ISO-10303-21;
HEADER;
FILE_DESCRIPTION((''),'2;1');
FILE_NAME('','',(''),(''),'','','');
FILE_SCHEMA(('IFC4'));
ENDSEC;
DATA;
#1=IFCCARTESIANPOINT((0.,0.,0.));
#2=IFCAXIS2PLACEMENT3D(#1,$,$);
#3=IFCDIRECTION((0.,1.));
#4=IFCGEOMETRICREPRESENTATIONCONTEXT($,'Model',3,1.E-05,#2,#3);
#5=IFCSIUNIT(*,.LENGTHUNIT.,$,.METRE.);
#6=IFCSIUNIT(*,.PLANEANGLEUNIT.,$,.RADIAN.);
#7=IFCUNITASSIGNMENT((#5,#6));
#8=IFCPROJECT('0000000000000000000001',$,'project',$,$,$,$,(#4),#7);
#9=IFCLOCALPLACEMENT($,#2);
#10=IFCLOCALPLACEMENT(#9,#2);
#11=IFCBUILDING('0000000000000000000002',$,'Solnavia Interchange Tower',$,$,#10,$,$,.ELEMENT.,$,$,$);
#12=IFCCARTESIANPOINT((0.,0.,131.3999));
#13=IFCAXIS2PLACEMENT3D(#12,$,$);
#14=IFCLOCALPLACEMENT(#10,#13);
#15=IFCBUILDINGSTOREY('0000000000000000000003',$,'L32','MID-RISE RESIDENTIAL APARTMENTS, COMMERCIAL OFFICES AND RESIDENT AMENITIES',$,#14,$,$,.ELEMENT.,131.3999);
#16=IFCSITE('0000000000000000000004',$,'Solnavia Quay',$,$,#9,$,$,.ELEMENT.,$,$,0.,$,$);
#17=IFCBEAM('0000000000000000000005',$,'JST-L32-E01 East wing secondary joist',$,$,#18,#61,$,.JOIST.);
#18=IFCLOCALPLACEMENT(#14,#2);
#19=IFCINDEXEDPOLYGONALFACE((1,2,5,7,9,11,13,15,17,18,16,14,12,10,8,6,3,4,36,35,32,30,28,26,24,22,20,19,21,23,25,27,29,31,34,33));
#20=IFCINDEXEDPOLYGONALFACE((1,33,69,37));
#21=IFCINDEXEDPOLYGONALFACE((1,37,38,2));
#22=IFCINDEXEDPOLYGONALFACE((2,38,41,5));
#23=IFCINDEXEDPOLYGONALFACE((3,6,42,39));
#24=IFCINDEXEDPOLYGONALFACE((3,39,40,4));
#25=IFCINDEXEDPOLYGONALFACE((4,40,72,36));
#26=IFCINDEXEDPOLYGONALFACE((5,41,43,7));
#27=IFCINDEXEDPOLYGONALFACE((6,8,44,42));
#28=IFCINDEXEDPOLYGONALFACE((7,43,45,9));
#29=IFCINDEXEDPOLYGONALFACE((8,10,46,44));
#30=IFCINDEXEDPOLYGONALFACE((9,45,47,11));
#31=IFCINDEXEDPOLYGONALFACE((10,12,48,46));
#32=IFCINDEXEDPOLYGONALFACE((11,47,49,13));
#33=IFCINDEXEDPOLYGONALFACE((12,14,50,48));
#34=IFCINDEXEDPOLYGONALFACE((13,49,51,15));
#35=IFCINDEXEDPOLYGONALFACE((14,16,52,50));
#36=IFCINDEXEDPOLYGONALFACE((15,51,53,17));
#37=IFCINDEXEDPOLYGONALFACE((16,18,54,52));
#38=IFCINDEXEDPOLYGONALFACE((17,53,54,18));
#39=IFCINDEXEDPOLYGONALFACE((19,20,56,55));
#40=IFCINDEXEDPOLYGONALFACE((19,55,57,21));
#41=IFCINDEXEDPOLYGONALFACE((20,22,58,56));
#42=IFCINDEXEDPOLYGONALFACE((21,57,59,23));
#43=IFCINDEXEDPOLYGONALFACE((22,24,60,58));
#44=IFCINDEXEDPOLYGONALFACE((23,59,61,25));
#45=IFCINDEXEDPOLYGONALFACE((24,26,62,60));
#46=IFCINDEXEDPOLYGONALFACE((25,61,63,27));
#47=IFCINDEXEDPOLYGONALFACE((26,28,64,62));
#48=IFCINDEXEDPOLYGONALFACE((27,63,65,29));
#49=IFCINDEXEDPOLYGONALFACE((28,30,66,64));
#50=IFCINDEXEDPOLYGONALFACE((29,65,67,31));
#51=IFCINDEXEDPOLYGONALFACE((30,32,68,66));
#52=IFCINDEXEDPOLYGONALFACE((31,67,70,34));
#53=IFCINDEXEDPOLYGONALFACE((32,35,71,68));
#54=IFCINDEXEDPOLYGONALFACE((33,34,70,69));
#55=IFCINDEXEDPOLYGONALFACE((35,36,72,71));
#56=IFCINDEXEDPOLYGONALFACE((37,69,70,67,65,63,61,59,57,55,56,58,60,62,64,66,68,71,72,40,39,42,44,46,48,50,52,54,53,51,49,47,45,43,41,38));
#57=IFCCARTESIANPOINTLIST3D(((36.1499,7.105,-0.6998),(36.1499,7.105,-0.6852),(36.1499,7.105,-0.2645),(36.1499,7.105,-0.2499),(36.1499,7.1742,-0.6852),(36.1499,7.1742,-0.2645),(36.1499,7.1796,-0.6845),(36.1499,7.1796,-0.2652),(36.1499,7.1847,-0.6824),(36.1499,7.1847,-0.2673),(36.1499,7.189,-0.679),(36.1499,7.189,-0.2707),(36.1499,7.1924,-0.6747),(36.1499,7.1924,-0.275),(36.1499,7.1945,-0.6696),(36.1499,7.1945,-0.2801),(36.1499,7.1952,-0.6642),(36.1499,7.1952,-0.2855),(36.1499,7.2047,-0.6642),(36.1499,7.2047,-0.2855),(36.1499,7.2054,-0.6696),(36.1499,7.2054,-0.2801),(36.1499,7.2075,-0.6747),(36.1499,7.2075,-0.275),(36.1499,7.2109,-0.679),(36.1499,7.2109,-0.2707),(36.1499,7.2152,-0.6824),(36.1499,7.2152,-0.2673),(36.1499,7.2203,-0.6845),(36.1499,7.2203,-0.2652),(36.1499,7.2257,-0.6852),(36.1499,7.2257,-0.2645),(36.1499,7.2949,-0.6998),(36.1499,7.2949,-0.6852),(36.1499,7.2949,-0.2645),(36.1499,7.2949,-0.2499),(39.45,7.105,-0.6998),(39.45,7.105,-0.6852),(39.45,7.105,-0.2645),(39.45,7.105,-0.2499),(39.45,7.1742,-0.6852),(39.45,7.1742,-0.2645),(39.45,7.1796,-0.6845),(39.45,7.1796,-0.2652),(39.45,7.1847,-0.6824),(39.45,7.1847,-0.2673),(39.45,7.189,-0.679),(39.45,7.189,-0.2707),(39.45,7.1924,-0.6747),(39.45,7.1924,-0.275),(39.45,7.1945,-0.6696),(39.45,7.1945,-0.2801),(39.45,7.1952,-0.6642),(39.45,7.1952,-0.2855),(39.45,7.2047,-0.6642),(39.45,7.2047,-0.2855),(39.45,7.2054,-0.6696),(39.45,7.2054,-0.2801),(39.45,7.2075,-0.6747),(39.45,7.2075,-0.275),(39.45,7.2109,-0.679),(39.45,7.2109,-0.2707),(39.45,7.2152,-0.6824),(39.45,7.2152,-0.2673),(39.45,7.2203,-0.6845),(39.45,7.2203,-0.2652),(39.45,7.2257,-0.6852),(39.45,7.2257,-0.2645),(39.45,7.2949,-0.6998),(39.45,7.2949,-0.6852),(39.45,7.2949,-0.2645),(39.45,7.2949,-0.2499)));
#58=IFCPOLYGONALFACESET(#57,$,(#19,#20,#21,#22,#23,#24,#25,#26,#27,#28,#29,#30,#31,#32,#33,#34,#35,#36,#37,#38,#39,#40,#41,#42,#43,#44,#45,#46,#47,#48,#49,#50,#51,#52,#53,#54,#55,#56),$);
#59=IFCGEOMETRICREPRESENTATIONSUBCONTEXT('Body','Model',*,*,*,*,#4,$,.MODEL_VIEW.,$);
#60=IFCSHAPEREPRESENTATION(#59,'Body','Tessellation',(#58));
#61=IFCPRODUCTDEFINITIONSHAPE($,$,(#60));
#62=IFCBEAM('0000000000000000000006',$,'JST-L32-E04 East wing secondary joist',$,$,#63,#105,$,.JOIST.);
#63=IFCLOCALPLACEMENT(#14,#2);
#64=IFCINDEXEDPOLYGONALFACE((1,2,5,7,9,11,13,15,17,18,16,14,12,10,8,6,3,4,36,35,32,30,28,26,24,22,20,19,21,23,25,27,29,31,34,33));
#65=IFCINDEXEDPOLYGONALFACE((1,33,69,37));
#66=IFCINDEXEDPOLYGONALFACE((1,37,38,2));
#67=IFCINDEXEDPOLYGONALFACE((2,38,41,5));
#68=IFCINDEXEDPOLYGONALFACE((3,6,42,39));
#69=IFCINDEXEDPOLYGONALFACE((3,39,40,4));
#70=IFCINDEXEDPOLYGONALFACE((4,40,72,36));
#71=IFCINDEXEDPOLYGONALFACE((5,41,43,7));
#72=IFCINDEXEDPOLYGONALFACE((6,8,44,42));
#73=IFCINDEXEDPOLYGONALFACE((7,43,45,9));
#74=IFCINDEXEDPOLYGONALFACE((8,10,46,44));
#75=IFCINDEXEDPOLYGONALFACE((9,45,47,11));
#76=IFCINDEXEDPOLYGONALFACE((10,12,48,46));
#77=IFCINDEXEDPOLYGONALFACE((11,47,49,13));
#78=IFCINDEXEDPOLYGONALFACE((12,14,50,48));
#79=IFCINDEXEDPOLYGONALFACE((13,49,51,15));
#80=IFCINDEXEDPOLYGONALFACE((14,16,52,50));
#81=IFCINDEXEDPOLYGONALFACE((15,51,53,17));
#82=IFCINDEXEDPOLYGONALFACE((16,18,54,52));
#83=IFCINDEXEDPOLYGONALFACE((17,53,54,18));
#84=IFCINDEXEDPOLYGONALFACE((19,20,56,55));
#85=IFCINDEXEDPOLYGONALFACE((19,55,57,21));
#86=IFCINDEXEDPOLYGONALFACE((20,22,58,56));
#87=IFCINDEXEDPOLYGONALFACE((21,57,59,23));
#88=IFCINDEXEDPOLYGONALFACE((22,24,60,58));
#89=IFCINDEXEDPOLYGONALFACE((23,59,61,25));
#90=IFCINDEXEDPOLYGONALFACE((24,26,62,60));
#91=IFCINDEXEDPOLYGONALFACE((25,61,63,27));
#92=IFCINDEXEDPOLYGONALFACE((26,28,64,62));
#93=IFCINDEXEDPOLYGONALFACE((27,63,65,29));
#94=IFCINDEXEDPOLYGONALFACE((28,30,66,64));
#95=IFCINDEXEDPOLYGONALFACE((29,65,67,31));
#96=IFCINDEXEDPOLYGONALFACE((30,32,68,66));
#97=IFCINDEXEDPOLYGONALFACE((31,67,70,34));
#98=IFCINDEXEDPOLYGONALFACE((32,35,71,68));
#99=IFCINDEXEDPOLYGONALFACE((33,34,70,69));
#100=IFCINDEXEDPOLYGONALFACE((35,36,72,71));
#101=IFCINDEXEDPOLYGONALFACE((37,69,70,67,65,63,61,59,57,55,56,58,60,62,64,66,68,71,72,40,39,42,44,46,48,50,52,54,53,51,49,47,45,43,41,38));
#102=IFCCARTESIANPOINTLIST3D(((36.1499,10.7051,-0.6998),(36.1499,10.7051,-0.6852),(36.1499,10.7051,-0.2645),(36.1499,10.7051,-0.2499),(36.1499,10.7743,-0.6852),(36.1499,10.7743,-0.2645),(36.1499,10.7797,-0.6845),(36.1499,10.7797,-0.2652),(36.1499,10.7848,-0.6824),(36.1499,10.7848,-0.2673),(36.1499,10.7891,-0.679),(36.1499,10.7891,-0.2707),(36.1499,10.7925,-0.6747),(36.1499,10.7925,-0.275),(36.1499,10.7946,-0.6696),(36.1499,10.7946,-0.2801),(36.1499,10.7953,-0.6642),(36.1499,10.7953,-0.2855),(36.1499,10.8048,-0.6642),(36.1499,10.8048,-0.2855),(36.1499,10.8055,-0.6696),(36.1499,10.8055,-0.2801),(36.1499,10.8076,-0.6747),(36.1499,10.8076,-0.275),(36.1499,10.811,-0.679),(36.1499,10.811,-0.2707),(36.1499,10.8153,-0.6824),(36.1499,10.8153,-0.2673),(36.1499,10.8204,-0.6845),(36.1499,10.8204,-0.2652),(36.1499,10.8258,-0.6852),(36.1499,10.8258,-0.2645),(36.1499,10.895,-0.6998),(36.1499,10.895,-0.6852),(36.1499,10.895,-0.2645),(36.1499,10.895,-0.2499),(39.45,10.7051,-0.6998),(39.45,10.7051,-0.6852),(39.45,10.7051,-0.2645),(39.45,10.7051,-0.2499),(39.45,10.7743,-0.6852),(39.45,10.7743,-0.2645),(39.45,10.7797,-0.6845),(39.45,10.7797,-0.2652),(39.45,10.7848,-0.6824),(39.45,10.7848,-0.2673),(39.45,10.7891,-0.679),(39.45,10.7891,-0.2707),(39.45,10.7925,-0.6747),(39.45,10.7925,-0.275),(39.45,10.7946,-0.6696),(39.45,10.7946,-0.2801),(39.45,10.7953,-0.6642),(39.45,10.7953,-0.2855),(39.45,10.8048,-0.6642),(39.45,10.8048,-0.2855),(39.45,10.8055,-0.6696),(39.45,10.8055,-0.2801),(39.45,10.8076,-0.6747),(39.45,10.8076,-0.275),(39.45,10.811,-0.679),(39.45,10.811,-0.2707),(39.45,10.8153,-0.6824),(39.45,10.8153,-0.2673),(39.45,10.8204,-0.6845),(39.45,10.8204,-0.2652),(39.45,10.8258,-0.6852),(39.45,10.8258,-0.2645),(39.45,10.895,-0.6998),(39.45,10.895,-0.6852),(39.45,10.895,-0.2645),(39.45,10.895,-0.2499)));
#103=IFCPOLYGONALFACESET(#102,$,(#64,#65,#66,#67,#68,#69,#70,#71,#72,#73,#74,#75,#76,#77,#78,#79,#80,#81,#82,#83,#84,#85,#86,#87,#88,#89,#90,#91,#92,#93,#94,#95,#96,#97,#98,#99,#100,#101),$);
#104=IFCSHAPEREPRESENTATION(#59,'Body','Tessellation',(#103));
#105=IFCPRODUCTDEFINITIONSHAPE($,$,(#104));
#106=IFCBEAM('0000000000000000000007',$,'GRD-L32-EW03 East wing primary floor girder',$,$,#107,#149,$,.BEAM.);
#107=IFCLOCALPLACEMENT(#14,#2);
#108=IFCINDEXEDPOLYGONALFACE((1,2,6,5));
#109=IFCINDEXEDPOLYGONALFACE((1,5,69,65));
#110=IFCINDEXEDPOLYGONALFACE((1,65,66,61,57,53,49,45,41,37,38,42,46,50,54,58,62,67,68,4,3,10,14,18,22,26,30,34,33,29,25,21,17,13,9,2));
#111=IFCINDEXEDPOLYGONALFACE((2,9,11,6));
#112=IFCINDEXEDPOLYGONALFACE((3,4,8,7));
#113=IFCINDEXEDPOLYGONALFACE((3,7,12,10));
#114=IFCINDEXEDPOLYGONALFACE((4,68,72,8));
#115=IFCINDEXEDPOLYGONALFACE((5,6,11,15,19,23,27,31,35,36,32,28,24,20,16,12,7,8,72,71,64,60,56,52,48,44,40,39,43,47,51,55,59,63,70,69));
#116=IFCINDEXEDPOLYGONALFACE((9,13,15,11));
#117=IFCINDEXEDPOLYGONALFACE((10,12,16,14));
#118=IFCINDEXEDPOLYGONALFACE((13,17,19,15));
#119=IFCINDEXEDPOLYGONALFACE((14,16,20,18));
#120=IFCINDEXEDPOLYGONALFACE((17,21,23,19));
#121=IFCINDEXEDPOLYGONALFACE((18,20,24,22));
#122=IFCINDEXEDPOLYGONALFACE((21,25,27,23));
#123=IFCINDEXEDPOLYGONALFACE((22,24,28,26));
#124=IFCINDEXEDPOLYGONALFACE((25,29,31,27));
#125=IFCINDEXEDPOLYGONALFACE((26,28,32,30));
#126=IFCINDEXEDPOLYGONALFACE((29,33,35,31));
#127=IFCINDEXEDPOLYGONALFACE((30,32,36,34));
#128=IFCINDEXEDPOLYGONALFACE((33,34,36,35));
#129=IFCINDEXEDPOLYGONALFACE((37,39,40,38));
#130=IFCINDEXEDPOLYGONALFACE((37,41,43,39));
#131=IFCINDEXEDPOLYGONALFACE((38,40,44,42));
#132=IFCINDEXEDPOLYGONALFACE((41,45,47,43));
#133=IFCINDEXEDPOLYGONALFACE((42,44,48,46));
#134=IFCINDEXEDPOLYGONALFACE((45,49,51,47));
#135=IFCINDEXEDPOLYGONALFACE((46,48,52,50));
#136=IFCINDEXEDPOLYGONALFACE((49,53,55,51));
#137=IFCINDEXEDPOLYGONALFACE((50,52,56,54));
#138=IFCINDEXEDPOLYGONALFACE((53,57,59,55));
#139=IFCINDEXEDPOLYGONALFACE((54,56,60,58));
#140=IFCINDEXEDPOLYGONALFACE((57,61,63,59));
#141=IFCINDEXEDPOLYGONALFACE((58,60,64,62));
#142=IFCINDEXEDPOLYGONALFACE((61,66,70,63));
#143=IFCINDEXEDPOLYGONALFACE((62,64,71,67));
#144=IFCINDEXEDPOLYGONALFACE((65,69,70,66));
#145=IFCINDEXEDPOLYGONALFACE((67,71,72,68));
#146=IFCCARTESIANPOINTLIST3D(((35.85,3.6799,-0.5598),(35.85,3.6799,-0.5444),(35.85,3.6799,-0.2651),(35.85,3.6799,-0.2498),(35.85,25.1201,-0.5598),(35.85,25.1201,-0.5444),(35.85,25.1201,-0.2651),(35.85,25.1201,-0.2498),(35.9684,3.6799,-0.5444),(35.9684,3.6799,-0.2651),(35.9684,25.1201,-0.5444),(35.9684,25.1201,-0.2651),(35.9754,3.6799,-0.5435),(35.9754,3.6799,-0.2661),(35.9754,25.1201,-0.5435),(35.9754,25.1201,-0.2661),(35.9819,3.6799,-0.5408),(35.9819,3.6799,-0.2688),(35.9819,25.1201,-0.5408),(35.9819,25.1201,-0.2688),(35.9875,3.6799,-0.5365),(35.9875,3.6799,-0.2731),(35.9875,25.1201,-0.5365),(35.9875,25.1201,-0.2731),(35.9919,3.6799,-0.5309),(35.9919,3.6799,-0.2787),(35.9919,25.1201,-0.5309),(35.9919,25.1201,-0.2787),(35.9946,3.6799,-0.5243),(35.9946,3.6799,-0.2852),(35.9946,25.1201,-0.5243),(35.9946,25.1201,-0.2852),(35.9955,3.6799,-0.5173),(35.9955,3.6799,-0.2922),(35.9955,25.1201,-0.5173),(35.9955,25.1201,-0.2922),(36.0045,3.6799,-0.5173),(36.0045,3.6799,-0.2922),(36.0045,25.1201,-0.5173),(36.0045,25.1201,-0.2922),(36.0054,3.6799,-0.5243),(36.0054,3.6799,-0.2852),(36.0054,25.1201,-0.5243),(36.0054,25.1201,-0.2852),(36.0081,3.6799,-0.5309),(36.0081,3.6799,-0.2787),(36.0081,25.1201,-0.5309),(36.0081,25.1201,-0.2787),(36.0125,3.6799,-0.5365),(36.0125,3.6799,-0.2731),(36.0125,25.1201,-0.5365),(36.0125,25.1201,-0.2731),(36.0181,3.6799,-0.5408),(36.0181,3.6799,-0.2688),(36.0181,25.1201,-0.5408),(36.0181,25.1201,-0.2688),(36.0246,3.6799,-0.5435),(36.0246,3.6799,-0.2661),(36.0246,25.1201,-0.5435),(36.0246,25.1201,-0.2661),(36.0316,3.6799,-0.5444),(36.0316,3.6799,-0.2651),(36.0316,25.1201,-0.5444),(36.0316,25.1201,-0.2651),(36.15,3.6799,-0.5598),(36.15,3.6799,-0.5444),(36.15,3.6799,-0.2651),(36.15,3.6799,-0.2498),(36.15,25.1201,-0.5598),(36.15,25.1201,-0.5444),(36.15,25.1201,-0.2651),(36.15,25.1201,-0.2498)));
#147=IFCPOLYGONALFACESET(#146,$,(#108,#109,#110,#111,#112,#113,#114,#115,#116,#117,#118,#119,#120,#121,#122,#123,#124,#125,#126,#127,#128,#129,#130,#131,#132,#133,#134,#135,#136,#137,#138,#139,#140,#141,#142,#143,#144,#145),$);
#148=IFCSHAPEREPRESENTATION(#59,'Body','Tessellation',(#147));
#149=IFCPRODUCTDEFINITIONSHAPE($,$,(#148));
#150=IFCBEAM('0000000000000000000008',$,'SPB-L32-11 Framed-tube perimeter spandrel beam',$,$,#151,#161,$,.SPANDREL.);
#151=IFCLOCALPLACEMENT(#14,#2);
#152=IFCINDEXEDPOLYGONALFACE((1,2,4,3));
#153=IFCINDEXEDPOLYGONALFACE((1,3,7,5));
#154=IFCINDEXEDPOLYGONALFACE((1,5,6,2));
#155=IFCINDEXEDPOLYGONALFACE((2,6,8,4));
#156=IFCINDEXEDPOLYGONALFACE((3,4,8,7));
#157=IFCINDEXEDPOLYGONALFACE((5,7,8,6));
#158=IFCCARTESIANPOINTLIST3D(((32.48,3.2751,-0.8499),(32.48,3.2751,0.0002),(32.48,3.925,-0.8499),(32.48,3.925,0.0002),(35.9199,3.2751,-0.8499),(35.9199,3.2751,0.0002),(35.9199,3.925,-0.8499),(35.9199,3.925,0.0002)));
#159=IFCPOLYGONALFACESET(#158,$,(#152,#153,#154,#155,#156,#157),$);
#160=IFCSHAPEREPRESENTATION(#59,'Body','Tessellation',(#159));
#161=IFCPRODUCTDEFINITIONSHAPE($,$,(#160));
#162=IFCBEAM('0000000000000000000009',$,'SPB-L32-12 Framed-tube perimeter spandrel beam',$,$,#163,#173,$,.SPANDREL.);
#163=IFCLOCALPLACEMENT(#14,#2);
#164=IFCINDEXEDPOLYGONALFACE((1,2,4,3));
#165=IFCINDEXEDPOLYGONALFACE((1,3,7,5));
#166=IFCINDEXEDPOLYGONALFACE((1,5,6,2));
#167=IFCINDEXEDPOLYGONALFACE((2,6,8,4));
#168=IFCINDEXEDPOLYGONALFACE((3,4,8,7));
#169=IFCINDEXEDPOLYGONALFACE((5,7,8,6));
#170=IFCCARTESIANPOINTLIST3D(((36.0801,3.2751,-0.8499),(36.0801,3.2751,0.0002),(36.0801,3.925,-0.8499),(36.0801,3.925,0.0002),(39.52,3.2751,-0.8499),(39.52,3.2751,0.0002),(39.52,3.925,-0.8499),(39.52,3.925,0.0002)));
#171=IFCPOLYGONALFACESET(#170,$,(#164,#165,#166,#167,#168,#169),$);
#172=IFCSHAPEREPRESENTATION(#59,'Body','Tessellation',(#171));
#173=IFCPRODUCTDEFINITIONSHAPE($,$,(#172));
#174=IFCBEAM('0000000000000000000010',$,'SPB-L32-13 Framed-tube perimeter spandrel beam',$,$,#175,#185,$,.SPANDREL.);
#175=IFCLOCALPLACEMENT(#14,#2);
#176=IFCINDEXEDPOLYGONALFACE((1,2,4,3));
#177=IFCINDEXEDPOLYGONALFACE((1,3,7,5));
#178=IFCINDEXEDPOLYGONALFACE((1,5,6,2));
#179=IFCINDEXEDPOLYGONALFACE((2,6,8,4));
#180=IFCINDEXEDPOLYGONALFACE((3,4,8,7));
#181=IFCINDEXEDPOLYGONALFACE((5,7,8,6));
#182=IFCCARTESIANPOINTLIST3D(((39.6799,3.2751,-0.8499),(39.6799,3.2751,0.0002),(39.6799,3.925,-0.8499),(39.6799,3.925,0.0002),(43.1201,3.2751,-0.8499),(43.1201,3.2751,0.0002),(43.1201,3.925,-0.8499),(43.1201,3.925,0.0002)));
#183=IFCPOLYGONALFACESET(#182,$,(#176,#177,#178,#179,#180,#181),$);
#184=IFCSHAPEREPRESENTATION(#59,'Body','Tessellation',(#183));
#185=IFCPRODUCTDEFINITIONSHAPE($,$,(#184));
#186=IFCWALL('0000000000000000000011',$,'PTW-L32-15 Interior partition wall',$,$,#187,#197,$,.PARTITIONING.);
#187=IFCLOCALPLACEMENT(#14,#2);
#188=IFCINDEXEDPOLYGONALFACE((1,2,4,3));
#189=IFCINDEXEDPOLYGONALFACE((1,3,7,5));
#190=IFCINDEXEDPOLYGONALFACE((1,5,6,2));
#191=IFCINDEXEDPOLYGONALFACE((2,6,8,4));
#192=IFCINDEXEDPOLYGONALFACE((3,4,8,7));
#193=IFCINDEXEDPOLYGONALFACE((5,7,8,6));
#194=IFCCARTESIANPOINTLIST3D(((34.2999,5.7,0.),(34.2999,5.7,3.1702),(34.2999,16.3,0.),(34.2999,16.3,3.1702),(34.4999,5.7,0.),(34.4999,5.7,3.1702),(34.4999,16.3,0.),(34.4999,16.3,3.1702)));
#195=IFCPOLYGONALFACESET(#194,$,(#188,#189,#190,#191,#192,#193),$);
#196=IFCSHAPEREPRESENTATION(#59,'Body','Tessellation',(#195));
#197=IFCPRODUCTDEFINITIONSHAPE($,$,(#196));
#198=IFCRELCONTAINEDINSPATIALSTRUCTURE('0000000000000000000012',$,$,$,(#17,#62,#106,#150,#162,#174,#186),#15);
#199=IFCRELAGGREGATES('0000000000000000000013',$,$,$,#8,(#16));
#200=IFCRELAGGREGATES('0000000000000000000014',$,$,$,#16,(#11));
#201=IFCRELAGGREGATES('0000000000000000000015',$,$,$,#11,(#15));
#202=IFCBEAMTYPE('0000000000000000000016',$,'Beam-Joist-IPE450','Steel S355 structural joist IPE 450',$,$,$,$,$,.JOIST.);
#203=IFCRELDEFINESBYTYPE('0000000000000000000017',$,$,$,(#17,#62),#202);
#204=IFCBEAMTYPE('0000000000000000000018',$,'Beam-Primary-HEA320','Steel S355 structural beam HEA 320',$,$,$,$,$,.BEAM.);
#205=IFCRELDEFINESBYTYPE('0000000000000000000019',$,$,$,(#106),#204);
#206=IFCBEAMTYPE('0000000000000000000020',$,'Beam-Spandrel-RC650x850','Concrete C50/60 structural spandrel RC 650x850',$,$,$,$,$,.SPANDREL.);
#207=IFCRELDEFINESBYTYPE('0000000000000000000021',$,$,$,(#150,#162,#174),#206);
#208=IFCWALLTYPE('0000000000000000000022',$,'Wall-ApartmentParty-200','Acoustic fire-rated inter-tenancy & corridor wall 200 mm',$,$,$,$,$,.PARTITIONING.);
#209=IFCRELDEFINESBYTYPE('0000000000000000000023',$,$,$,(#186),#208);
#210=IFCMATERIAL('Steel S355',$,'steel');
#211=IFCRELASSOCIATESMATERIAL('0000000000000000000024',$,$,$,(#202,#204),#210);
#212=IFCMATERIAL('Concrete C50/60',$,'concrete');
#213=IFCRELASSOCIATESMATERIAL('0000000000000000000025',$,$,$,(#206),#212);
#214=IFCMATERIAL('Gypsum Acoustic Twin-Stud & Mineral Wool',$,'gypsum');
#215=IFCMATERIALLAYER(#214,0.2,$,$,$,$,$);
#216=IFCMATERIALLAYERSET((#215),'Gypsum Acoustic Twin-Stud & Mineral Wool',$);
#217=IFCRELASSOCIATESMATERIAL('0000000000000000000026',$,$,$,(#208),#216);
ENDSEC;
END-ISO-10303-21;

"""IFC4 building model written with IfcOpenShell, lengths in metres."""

from ifc_helpers import new_model, si_unit, direction, frame, frame_2d, origin, origin_2d, place, context, subcontext, project, spatial, rectangle, i_section, extrude, material, layer, layer_set, material_profile, profile_set, type_object, element, save


model = new_model("IFC4")

# Units and contexts
model_context = context("Model", 3, precision=1e-05, world=origin(), true_north=direction((0.0, 1.0)))
body_context = subcontext(model_context, "Body", "Model", "MODEL_VIEW")
ifc_project = project(units=[si_unit("LENGTHUNIT", "METRE"), si_unit("PLANEANGLEUNIT", "RADIAN")], contexts=[model_context])

# Site, building, storey
site_placement = place(None, origin())
site = spatial("IfcSite", under=ifc_project, at=site_placement, Name="Solnavia Quay", CompositionType="ELEMENT", RefElevation=0.0)
building_placement = place(site_placement, origin())
building = spatial("IfcBuilding", under=site, at=building_placement, Name="Solnavia Interchange Tower", CompositionType="ELEMENT")
storey_placement = place(building_placement, frame((0.0, 0.0, 131.3999)))
storey = spatial("IfcBuildingStorey", under=building, at=storey_placement, Name="L32", Description="MID-RISE RESIDENTIAL APARTMENTS, COMMERCIAL OFFICES AND RESIDENT AMENITIES", CompositionType="ELEMENT", Elevation=131.3999)

# Shared definitions
ifc_material_1 = material(Name="Concrete C50/60", Category="concrete")
ifc_material_2 = material(Name="Steel S355", Category="steel")

# Beams
ifc_material_profile_1 = material_profile(ifc_material_2, i_section(OverallWidth=0.1899, OverallDepth=0.45, WebThickness=0.0095, FlangeThickness=0.0146, FilletRadius=0.021, at=origin_2d()), Name="IPE 450")
ifc_profile_set_1 = profile_set([ifc_material_profile_1], Name="Steel S355")
beam_type_1 = type_object("IfcBeamType", Name="Beam-Joist-IPE450", Description="Steel S355 structural joist IPE 450", PredefinedType="JOIST", material=ifc_profile_set_1)
for number, where, z_axis, x_axis, name in (
    (1, (36.1499, 7.2, -0.4749), (1.0, 0.0, 0.0), (0.0, 1.0, 0.0), "JST-L32-E01 East wing secondary joist"),
    (2, (36.1499, 10.8, -0.4749), (1.0, 0.0, 0.0), (0.0, 1.0, 0.0), "JST-L32-E04 East wing secondary joist"),
):
    element("IfcBeam", number, at=place(storey_placement, frame(where, z_axis=z_axis, x_axis=x_axis)), inside=storey, type_object=beam_type_1, Name=name, PredefinedType="JOIST", context=body_context, shape_type="SweptSolid", body=[
        extrude(i_section(OverallWidth=0.1899, OverallDepth=0.45, WebThickness=0.0095, FlangeThickness=0.0146, FilletRadius=0.021, at=origin_2d()), origin(), (0.0, 0.0, 1.0), 3.3),
    ])
ifc_material_profile_2 = material_profile(ifc_material_2, i_section(OverallWidth=0.3, OverallDepth=0.3101, WebThickness=0.009, FlangeThickness=0.0154, FilletRadius=0.0271, at=origin_2d()), Name="HEA 320")
ifc_profile_set_2 = profile_set([ifc_material_profile_2], Name="Steel S355")
beam_type_2 = type_object("IfcBeamType", Name="Beam-Primary-HEA320", Description="Steel S355 structural beam HEA 320", PredefinedType="BEAM", material=ifc_profile_set_2)
beam_1_placement = place(storey_placement, frame((36.0, 3.6799, -0.4048), z_axis=(0.0, 1.0, 0.0), x_axis=(-1.0, 0.0, 0.0)))
element("IfcBeam", 3, at=beam_1_placement, inside=storey, type_object=beam_type_2, Name="GRD-L32-EW03 East wing primary floor girder", PredefinedType="BEAM", context=body_context, shape_type="SweptSolid", body=[
    extrude(i_section(OverallWidth=0.3, OverallDepth=0.3101, WebThickness=0.009, FlangeThickness=0.0154, FilletRadius=0.0271, at=origin_2d()), origin(), (0.0, 0.0, 1.0), 21.4402),
])
ifc_material_profile_3 = material_profile(ifc_material_1, rectangle(XDim=0.6499, YDim=0.8501, at=origin_2d()), Name="RC 650x850")
ifc_profile_set_3 = profile_set([ifc_material_profile_3], Name="Concrete C50/60")
beam_type_3 = type_object("IfcBeamType", Name="Beam-Spandrel-RC650x850", Description="Concrete C50/60 structural spandrel RC 650x850", PredefinedType="SPANDREL", material=ifc_profile_set_3)
for number, where, z_axis, x_axis, name in (
    (4, (32.48, 3.6001, -0.4248), (1.0, 0.0, 0.0), (0.0, 1.0, 0.0), "SPB-L32-11 Framed-tube perimeter spandrel beam"),
    (5, (36.0801, 3.6001, -0.4248), (1.0, 0.0, 0.0), (0.0, 1.0, 0.0), "SPB-L32-12 Framed-tube perimeter spandrel beam"),
):
    element("IfcBeam", number, at=place(storey_placement, frame(where, z_axis=z_axis, x_axis=x_axis)), inside=storey, type_object=beam_type_3, Name=name, PredefinedType="SPANDREL", context=body_context, shape_type="SweptSolid", body=[
        extrude(rectangle(XDim=0.6499, YDim=0.8501, at=origin_2d()), origin(), (0.0, 0.0, 1.0), 3.4399),
    ])
beam_2_placement = place(storey_placement, frame((39.6799, 3.6001, -0.4248), z_axis=(1.0, 0.0, 0.0), x_axis=(0.0, 1.0, 0.0)))
element("IfcBeam", 6, at=beam_2_placement, inside=storey, type_object=beam_type_3, Name="SPB-L32-13 Framed-tube perimeter spandrel beam", PredefinedType="SPANDREL", context=body_context, shape_type="SweptSolid", body=[
    extrude(rectangle(XDim=0.6499, YDim=0.8501, at=origin_2d()), origin(), (0.0, 0.0, 1.0), 3.4402),
])

# Wall
ifc_material_3 = material(Name="Gypsum Acoustic Twin-Stud & Mineral Wool", Category="gypsum")
ifc_layer_1 = layer(ifc_material_3, 0.2)
ifc_layer_set_1 = layer_set([ifc_layer_1], Name="Gypsum Acoustic Twin-Stud & Mineral Wool")
wall_type_1 = type_object("IfcWallType", Name="Wall-ApartmentParty-200", Description="Acoustic fire-rated inter-tenancy & corridor wall 200 mm", PredefinedType="PARTITIONING", material=ifc_layer_set_1)
wall_1_placement = place(storey_placement, frame((34.3999, 5.7, 0.0), z_axis=(0.0, 0.0, 1.0), x_axis=(0.0, 1.0, 0.0)))
element("IfcWall", 7, at=wall_1_placement, inside=storey, type_object=wall_type_1, Name="PTW-L32-15 Interior partition wall", PredefinedType="PARTITIONING", context=body_context, shape_type="SweptSolid", body=[
    extrude(rectangle(XDim=10.6001, YDim=0.2, at=frame_2d((5.3, 0.0))), origin(), (0.0, 0.0, 1.0), 3.1702),
])

save(model, "model.ifc")
